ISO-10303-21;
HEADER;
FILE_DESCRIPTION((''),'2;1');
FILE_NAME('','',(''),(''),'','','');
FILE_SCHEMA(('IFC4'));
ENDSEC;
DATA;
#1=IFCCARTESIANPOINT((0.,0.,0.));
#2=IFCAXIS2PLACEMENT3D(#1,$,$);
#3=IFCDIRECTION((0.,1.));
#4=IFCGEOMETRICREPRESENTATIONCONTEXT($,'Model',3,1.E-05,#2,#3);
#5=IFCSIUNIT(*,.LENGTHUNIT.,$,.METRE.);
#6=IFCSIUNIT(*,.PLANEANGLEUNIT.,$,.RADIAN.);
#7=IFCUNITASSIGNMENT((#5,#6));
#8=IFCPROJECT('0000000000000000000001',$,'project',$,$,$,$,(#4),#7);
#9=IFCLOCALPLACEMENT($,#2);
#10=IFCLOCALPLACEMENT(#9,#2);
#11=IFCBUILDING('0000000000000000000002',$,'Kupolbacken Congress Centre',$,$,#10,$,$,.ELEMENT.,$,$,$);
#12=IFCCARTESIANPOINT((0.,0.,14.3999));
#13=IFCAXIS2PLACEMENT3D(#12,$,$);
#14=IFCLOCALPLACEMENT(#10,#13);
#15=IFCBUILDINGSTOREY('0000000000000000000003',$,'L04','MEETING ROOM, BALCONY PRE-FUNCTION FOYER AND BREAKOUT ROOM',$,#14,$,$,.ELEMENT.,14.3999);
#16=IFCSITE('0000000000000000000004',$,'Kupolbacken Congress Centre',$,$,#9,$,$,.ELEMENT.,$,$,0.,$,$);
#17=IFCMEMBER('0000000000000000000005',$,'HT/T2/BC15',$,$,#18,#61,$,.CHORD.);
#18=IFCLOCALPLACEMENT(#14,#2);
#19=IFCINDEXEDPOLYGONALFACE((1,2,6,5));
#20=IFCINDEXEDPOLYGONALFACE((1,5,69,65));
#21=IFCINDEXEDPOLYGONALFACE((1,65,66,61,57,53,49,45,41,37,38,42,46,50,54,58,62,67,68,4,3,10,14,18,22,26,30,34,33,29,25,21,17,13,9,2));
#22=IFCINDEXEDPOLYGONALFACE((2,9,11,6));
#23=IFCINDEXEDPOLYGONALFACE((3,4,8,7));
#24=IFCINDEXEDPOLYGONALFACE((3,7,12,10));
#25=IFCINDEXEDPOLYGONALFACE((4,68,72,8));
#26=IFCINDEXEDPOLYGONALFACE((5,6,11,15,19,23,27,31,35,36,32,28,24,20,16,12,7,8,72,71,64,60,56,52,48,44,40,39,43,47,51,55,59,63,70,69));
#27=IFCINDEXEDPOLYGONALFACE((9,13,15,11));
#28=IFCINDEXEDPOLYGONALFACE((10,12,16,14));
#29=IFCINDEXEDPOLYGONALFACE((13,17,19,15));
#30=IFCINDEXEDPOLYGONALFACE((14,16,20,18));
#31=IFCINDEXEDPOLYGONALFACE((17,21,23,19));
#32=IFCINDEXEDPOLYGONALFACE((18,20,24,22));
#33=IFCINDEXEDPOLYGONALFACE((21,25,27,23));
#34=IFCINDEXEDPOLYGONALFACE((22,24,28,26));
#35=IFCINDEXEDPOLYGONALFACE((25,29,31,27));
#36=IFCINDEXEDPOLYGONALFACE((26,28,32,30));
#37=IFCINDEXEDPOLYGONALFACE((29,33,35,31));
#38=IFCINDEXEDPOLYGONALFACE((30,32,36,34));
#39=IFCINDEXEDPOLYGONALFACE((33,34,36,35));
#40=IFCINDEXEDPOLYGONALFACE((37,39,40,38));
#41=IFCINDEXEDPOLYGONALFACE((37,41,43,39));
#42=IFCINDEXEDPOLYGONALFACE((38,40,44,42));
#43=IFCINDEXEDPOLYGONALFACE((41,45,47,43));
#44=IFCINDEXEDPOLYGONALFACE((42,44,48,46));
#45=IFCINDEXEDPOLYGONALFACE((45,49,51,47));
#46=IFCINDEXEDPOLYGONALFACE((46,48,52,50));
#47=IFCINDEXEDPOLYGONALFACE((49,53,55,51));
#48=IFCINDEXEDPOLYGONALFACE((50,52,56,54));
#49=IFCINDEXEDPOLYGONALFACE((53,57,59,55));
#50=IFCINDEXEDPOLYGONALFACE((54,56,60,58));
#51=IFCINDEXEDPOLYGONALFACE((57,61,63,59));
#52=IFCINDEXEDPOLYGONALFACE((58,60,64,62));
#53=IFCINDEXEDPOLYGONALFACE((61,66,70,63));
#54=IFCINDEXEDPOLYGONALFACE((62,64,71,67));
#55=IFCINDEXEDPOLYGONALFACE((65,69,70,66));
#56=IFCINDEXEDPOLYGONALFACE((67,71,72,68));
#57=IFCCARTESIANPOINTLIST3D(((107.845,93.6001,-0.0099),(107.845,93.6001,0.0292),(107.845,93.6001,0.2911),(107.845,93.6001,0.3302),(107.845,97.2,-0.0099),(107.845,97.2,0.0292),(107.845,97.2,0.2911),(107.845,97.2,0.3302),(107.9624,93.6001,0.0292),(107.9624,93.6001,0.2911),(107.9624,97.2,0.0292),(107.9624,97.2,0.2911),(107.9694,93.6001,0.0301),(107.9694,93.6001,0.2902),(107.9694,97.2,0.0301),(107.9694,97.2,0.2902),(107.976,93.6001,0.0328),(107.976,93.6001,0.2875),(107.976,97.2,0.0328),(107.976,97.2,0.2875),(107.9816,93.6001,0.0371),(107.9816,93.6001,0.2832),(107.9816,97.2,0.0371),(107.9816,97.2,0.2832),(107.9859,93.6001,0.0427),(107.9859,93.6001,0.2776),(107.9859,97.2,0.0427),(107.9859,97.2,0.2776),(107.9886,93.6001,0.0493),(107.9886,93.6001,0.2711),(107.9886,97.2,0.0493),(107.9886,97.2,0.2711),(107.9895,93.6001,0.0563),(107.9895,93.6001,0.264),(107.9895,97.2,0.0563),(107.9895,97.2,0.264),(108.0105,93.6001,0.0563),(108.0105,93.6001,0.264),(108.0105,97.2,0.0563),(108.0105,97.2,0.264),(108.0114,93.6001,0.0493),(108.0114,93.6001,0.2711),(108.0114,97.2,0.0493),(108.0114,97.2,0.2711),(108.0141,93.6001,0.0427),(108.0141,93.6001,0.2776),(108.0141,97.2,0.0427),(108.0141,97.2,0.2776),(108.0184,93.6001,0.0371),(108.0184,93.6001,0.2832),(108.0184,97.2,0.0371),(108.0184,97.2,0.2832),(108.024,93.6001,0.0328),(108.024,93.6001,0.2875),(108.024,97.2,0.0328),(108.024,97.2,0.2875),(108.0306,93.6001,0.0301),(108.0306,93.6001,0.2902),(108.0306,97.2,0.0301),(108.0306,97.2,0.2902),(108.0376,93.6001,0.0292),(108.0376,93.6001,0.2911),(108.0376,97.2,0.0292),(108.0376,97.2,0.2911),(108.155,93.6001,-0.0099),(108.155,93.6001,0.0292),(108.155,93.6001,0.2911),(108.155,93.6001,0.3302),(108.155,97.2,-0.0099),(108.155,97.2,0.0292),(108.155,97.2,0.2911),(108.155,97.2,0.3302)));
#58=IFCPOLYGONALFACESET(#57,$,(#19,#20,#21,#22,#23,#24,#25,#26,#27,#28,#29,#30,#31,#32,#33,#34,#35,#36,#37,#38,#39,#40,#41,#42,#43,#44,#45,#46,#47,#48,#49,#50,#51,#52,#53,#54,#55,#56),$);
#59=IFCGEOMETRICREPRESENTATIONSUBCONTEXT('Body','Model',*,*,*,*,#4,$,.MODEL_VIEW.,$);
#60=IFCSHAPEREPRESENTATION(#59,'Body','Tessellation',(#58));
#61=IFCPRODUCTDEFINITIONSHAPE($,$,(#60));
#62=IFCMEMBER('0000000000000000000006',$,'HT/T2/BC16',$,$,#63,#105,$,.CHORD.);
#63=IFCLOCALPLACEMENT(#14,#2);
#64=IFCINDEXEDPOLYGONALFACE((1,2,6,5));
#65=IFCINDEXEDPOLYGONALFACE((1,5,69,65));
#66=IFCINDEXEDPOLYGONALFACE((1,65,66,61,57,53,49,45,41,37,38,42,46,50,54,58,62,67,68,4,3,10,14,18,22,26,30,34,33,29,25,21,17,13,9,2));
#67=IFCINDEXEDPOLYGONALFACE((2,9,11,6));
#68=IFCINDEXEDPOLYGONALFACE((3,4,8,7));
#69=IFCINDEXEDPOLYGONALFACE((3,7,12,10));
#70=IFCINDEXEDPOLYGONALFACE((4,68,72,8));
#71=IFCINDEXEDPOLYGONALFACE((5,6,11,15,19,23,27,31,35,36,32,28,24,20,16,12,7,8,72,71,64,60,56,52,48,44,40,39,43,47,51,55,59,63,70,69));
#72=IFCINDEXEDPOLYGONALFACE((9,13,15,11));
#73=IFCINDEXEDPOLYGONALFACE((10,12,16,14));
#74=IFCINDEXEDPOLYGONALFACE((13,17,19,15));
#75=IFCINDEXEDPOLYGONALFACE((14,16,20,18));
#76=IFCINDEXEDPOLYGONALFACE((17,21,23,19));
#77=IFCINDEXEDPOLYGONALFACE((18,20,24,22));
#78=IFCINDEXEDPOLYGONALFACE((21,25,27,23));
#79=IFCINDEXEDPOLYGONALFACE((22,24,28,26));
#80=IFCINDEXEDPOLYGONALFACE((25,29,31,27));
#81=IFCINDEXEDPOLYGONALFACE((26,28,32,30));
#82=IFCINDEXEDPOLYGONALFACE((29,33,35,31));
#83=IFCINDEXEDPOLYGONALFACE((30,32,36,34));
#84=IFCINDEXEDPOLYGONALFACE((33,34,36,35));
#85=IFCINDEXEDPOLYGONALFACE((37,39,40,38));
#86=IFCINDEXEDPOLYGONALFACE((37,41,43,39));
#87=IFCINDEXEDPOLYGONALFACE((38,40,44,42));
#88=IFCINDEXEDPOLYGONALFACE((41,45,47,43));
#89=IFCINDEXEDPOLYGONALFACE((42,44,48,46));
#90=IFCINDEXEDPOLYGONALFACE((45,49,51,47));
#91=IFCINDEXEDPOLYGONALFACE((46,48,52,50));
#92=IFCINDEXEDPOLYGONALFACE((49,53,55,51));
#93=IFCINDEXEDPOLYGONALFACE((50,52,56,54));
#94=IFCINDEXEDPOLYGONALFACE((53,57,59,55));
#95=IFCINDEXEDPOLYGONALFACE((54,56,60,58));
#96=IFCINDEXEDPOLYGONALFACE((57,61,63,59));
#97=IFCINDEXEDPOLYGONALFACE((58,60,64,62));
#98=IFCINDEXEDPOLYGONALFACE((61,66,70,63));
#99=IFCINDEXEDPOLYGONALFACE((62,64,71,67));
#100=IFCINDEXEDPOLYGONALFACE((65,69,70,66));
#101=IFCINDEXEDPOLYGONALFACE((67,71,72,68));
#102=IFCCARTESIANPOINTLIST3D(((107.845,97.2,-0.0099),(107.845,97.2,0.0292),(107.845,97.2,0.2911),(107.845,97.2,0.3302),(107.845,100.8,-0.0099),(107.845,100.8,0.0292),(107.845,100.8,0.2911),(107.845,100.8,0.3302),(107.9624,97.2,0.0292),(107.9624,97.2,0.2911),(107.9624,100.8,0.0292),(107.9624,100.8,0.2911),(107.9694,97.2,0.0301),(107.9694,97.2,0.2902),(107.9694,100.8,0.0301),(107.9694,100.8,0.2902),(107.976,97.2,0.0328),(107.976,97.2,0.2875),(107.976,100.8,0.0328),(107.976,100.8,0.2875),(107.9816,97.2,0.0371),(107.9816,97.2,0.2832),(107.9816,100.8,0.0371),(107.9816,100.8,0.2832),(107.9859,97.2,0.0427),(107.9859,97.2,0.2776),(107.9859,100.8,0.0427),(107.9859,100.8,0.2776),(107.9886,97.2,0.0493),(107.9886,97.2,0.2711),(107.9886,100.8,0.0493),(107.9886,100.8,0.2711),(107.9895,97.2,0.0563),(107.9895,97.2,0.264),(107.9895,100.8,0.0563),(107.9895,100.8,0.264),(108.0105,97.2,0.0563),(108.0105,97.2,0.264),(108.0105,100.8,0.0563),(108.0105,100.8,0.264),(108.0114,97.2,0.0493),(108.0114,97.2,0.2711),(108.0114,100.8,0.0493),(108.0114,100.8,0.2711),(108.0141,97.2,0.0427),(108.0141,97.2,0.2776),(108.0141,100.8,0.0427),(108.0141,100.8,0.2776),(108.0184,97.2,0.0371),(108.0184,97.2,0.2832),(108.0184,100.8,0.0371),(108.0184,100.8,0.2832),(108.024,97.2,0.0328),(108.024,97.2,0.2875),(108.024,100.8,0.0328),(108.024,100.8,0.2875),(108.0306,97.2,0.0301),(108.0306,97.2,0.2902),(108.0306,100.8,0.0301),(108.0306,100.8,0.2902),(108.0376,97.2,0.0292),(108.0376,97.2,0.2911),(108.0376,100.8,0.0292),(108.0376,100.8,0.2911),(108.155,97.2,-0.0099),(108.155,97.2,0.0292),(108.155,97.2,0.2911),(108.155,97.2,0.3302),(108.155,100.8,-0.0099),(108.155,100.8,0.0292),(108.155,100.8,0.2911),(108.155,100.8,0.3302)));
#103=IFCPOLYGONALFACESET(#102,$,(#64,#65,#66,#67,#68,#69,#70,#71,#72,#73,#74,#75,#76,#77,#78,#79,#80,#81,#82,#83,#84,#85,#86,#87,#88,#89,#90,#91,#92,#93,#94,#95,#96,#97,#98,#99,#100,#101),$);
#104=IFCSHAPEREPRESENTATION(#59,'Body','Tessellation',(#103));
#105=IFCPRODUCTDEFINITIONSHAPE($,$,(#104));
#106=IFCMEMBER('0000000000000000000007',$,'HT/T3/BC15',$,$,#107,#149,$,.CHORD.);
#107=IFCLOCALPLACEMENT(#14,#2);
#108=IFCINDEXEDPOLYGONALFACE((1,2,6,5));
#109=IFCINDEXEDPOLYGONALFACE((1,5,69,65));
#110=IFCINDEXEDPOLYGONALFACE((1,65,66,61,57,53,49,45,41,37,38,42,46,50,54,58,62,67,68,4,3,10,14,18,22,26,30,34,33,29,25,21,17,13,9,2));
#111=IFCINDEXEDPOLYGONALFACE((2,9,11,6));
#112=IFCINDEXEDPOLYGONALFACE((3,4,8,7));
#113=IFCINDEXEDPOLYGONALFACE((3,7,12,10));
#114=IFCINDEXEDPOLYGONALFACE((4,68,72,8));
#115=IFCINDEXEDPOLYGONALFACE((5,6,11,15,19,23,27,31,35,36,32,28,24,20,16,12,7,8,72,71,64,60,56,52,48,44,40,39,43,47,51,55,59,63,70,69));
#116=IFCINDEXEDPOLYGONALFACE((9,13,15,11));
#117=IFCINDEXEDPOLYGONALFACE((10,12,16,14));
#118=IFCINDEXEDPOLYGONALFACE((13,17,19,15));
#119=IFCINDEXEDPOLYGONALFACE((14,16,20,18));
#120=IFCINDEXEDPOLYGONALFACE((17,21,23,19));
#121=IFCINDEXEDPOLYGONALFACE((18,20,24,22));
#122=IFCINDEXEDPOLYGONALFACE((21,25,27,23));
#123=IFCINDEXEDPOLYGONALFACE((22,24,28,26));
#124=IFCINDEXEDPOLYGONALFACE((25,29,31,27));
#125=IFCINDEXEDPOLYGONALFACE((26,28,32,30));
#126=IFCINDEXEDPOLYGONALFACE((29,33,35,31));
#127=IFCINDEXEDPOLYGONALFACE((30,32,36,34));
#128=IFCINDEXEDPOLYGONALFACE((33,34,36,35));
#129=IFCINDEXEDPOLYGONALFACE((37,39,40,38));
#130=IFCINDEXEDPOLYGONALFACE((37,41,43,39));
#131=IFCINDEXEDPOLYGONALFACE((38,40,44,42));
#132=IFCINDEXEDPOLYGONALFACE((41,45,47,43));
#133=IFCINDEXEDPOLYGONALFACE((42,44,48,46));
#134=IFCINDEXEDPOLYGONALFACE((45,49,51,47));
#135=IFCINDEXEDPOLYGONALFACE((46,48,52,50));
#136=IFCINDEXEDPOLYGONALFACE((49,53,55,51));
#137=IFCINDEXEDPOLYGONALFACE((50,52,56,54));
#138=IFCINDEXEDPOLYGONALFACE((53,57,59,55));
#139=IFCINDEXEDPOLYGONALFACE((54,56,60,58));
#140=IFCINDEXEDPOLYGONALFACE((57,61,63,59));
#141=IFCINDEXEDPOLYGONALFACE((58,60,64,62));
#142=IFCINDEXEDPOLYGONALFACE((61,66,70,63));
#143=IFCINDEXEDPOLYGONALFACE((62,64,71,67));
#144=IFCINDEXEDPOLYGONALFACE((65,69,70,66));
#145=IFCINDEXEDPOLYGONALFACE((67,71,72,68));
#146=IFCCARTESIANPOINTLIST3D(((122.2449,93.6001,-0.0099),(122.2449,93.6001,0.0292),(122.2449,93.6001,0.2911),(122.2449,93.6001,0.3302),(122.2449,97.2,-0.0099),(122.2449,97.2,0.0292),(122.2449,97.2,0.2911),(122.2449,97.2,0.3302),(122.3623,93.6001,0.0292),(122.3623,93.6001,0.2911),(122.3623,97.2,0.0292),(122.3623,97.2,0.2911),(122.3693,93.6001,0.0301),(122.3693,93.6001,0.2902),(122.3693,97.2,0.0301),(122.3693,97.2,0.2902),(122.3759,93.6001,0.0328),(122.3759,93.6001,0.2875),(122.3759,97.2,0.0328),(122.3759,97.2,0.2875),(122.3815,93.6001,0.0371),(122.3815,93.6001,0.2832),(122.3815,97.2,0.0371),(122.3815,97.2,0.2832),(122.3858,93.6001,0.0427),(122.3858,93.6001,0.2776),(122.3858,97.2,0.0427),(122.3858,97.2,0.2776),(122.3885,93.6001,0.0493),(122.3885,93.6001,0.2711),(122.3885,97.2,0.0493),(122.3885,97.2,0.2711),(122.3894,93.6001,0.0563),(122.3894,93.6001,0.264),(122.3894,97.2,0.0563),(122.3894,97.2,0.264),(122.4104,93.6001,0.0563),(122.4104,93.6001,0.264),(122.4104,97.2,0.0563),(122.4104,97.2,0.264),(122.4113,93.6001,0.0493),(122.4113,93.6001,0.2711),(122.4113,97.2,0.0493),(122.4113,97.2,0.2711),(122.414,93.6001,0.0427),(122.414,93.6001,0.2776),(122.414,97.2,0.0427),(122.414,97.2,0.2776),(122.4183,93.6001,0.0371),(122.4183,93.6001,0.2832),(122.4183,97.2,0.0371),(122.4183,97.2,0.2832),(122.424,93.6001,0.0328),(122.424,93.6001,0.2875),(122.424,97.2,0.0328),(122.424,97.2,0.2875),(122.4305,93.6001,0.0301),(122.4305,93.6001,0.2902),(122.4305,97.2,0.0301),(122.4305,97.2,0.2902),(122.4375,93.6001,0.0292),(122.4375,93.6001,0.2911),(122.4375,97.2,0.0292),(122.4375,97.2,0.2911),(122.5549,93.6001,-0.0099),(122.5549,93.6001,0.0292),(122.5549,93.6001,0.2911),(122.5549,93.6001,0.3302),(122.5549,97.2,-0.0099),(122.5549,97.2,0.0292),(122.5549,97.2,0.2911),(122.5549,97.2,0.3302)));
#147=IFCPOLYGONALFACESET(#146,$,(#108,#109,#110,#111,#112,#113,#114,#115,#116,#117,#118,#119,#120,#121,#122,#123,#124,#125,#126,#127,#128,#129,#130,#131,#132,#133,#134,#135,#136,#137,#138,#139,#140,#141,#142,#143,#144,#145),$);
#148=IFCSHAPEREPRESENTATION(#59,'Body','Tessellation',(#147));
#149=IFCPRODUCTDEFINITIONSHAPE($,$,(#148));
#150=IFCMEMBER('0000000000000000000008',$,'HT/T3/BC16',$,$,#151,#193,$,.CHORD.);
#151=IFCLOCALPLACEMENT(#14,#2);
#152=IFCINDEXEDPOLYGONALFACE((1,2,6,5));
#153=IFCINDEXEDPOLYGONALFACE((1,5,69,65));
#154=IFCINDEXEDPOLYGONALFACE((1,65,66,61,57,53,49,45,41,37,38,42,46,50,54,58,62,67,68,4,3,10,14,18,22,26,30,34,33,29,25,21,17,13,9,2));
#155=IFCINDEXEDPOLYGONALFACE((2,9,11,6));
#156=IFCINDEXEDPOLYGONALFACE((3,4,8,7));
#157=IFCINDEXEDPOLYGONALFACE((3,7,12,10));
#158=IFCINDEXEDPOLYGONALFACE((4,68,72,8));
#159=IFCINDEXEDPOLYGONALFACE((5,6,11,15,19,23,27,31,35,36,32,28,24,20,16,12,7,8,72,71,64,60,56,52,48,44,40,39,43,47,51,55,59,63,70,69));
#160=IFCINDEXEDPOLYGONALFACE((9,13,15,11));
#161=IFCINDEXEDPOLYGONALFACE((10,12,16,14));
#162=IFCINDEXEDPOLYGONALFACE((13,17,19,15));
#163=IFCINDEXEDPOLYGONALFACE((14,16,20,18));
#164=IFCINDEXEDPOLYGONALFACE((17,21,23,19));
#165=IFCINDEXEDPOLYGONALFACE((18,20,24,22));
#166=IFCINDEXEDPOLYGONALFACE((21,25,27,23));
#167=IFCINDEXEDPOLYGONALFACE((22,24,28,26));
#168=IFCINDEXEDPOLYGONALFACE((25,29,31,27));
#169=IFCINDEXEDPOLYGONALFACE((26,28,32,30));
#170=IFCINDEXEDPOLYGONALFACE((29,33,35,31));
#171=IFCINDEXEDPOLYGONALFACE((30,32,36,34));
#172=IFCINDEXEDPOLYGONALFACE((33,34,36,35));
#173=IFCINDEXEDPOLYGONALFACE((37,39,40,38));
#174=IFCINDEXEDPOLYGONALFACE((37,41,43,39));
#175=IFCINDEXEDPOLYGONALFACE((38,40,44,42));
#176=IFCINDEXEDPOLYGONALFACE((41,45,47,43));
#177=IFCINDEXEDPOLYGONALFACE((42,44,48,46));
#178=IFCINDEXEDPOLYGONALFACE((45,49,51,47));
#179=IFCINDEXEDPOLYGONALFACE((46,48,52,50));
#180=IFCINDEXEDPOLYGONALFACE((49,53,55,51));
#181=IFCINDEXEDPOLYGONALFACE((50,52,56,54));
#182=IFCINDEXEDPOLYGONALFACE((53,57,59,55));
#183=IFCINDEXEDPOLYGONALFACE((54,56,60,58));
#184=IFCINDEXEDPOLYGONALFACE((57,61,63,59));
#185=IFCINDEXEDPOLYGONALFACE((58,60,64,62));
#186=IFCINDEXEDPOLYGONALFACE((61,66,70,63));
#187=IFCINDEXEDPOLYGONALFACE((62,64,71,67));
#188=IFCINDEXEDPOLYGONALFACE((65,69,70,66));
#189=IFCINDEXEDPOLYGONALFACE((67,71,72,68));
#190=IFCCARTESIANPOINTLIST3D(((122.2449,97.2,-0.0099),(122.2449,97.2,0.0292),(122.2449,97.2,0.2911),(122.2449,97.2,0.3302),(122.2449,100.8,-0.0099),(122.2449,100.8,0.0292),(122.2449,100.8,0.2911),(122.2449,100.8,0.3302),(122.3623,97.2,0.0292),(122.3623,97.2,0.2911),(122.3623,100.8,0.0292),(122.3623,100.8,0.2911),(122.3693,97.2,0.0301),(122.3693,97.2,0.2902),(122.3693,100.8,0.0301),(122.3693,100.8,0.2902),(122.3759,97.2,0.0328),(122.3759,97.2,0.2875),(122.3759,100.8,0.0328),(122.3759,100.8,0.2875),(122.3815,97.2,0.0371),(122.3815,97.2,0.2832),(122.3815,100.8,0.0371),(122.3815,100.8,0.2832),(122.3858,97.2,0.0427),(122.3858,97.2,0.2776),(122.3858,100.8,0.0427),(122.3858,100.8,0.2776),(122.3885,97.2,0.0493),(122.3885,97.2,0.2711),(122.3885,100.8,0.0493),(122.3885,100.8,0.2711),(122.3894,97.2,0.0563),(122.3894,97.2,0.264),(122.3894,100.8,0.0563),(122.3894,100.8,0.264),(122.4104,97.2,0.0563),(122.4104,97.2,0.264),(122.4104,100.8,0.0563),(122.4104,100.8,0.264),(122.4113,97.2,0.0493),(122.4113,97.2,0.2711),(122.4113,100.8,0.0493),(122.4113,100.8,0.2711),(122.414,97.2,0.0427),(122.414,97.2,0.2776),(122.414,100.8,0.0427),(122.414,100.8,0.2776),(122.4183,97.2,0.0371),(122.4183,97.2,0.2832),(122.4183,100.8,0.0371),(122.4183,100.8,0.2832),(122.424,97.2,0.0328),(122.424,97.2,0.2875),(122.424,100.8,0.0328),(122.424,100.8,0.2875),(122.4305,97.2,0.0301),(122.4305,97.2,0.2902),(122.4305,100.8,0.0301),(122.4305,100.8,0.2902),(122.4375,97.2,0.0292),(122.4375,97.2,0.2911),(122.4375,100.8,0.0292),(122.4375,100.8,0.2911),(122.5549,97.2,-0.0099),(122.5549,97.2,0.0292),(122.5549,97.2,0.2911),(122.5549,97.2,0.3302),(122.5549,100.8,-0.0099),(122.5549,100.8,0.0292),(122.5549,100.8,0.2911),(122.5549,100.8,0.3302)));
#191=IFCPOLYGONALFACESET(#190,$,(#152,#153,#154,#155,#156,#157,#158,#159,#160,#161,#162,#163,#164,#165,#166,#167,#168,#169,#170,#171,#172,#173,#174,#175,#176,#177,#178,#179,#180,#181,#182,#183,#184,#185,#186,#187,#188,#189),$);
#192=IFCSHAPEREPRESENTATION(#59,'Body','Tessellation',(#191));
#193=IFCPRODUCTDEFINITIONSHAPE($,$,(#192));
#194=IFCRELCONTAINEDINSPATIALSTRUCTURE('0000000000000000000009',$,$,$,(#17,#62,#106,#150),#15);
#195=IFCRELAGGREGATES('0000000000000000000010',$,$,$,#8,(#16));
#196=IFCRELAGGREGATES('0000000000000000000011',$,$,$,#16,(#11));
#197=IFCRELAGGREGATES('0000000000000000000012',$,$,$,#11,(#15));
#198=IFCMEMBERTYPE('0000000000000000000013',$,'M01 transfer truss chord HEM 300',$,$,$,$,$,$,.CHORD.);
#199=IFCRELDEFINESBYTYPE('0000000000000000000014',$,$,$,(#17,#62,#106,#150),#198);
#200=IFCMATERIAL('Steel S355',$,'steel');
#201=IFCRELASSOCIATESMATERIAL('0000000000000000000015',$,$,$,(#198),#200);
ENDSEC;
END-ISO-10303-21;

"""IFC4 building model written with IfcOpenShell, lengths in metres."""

from ifc_helpers import new_model, si_unit, direction, frame, origin, origin_2d, place, context, subcontext, project, spatial, i_section, extrude, material, material_profile, profile_set, type_object, element, save


model = new_model("IFC4")

# Units and contexts
model_context = context("Model", 3, precision=1e-05, world=origin(), true_north=direction((0.0, 1.0)))
body_context = subcontext(model_context, "Body", "Model", "MODEL_VIEW")
ifc_project = project(units=[si_unit("LENGTHUNIT", "METRE"), si_unit("PLANEANGLEUNIT", "RADIAN")], contexts=[model_context])

# Site, building, storey
site_placement = place(None, origin())
site = spatial("IfcSite", under=ifc_project, at=site_placement, Name="Kupolbacken Congress Centre", CompositionType="ELEMENT", RefElevation=0.0)
building_placement = place(site_placement, origin())
building = spatial("IfcBuilding", under=site, at=building_placement, Name="Kupolbacken Congress Centre", CompositionType="ELEMENT")
storey_placement = place(building_placement, frame((0.0, 0.0, 14.3999)))
storey = spatial("IfcBuildingStorey", under=building, at=storey_placement, Name="L04", Description="MEETING ROOM, BALCONY PRE-FUNCTION FOYER AND BREAKOUT ROOM", CompositionType="ELEMENT", Elevation=14.3999)

# Members
ifc_material_1 = material(Name="Steel S355", Category="steel")
ifc_material_profile_1 = material_profile(ifc_material_1, i_section(OverallWidth=0.3101, OverallDepth=0.3401, WebThickness=0.021, FlangeThickness=0.0391, FilletRadius=0.0271, at=origin_2d()), Name="HEM 300")
ifc_profile_set_1 = profile_set([ifc_material_profile_1], Name="Steel S355")
member_type_1 = type_object("IfcMemberType", Name="M01 transfer truss chord HEM 300", PredefinedType="CHORD", material=ifc_profile_set_1)
member_1_placement = place(storey_placement, frame((108.0, 93.6001, 0.1602), z_axis=(0.0, 1.0, 0.0), x_axis=(-1.0, 0.0, 0.0)))
element("IfcMember", 1, at=member_1_placement, inside=storey, type_object=member_type_1, Name="HT/T2/BC15", PredefinedType="CHORD", context=body_context, shape_type="SweptSolid", body=[
    extrude(i_section(OverallWidth=0.3101, OverallDepth=0.3401, WebThickness=0.021, FlangeThickness=0.0391, FilletRadius=0.0271, at=origin_2d()), origin(), (0.0, 0.0, 1.0), 3.5999),
])
member_2_placement = place(storey_placement, frame((108.0, 97.2, 0.1602), z_axis=(0.0, 1.0, 0.0), x_axis=(-1.0, 0.0, 0.0)))
element("IfcMember", 2, at=member_2_placement, inside=storey, type_object=member_type_1, Name="HT/T2/BC16", PredefinedType="CHORD", context=body_context, shape_type="SweptSolid", body=[
    extrude(i_section(OverallWidth=0.3101, OverallDepth=0.3401, WebThickness=0.021, FlangeThickness=0.0391, FilletRadius=0.0271, at=origin_2d()), origin(), (0.0, 0.0, 1.0), 3.6001),
])
member_3_placement = place(storey_placement, frame((122.3999, 93.6001, 0.1602), z_axis=(0.0, 1.0, 0.0), x_axis=(-1.0, 0.0, 0.0)))
element("IfcMember", 3, at=member_3_placement, inside=storey, type_object=member_type_1, Name="HT/T3/BC15", PredefinedType="CHORD", context=body_context, shape_type="SweptSolid", body=[
    extrude(i_section(OverallWidth=0.3101, OverallDepth=0.3401, WebThickness=0.021, FlangeThickness=0.0391, FilletRadius=0.0271, at=origin_2d()), origin(), (0.0, 0.0, 1.0), 3.5999),
])
member_4_placement = place(storey_placement, frame((122.3999, 97.2, 0.1602), z_axis=(0.0, 1.0, 0.0), x_axis=(-1.0, 0.0, 0.0)))
element("IfcMember", 4, at=member_4_placement, inside=storey, type_object=member_type_1, Name="HT/T3/BC16", PredefinedType="CHORD", context=body_context, shape_type="SweptSolid", body=[
    extrude(i_section(OverallWidth=0.3101, OverallDepth=0.3401, WebThickness=0.021, FlangeThickness=0.0391, FilletRadius=0.0271, at=origin_2d()), origin(), (0.0, 0.0, 1.0), 3.6001),
])

save(model, "model.ifc")
